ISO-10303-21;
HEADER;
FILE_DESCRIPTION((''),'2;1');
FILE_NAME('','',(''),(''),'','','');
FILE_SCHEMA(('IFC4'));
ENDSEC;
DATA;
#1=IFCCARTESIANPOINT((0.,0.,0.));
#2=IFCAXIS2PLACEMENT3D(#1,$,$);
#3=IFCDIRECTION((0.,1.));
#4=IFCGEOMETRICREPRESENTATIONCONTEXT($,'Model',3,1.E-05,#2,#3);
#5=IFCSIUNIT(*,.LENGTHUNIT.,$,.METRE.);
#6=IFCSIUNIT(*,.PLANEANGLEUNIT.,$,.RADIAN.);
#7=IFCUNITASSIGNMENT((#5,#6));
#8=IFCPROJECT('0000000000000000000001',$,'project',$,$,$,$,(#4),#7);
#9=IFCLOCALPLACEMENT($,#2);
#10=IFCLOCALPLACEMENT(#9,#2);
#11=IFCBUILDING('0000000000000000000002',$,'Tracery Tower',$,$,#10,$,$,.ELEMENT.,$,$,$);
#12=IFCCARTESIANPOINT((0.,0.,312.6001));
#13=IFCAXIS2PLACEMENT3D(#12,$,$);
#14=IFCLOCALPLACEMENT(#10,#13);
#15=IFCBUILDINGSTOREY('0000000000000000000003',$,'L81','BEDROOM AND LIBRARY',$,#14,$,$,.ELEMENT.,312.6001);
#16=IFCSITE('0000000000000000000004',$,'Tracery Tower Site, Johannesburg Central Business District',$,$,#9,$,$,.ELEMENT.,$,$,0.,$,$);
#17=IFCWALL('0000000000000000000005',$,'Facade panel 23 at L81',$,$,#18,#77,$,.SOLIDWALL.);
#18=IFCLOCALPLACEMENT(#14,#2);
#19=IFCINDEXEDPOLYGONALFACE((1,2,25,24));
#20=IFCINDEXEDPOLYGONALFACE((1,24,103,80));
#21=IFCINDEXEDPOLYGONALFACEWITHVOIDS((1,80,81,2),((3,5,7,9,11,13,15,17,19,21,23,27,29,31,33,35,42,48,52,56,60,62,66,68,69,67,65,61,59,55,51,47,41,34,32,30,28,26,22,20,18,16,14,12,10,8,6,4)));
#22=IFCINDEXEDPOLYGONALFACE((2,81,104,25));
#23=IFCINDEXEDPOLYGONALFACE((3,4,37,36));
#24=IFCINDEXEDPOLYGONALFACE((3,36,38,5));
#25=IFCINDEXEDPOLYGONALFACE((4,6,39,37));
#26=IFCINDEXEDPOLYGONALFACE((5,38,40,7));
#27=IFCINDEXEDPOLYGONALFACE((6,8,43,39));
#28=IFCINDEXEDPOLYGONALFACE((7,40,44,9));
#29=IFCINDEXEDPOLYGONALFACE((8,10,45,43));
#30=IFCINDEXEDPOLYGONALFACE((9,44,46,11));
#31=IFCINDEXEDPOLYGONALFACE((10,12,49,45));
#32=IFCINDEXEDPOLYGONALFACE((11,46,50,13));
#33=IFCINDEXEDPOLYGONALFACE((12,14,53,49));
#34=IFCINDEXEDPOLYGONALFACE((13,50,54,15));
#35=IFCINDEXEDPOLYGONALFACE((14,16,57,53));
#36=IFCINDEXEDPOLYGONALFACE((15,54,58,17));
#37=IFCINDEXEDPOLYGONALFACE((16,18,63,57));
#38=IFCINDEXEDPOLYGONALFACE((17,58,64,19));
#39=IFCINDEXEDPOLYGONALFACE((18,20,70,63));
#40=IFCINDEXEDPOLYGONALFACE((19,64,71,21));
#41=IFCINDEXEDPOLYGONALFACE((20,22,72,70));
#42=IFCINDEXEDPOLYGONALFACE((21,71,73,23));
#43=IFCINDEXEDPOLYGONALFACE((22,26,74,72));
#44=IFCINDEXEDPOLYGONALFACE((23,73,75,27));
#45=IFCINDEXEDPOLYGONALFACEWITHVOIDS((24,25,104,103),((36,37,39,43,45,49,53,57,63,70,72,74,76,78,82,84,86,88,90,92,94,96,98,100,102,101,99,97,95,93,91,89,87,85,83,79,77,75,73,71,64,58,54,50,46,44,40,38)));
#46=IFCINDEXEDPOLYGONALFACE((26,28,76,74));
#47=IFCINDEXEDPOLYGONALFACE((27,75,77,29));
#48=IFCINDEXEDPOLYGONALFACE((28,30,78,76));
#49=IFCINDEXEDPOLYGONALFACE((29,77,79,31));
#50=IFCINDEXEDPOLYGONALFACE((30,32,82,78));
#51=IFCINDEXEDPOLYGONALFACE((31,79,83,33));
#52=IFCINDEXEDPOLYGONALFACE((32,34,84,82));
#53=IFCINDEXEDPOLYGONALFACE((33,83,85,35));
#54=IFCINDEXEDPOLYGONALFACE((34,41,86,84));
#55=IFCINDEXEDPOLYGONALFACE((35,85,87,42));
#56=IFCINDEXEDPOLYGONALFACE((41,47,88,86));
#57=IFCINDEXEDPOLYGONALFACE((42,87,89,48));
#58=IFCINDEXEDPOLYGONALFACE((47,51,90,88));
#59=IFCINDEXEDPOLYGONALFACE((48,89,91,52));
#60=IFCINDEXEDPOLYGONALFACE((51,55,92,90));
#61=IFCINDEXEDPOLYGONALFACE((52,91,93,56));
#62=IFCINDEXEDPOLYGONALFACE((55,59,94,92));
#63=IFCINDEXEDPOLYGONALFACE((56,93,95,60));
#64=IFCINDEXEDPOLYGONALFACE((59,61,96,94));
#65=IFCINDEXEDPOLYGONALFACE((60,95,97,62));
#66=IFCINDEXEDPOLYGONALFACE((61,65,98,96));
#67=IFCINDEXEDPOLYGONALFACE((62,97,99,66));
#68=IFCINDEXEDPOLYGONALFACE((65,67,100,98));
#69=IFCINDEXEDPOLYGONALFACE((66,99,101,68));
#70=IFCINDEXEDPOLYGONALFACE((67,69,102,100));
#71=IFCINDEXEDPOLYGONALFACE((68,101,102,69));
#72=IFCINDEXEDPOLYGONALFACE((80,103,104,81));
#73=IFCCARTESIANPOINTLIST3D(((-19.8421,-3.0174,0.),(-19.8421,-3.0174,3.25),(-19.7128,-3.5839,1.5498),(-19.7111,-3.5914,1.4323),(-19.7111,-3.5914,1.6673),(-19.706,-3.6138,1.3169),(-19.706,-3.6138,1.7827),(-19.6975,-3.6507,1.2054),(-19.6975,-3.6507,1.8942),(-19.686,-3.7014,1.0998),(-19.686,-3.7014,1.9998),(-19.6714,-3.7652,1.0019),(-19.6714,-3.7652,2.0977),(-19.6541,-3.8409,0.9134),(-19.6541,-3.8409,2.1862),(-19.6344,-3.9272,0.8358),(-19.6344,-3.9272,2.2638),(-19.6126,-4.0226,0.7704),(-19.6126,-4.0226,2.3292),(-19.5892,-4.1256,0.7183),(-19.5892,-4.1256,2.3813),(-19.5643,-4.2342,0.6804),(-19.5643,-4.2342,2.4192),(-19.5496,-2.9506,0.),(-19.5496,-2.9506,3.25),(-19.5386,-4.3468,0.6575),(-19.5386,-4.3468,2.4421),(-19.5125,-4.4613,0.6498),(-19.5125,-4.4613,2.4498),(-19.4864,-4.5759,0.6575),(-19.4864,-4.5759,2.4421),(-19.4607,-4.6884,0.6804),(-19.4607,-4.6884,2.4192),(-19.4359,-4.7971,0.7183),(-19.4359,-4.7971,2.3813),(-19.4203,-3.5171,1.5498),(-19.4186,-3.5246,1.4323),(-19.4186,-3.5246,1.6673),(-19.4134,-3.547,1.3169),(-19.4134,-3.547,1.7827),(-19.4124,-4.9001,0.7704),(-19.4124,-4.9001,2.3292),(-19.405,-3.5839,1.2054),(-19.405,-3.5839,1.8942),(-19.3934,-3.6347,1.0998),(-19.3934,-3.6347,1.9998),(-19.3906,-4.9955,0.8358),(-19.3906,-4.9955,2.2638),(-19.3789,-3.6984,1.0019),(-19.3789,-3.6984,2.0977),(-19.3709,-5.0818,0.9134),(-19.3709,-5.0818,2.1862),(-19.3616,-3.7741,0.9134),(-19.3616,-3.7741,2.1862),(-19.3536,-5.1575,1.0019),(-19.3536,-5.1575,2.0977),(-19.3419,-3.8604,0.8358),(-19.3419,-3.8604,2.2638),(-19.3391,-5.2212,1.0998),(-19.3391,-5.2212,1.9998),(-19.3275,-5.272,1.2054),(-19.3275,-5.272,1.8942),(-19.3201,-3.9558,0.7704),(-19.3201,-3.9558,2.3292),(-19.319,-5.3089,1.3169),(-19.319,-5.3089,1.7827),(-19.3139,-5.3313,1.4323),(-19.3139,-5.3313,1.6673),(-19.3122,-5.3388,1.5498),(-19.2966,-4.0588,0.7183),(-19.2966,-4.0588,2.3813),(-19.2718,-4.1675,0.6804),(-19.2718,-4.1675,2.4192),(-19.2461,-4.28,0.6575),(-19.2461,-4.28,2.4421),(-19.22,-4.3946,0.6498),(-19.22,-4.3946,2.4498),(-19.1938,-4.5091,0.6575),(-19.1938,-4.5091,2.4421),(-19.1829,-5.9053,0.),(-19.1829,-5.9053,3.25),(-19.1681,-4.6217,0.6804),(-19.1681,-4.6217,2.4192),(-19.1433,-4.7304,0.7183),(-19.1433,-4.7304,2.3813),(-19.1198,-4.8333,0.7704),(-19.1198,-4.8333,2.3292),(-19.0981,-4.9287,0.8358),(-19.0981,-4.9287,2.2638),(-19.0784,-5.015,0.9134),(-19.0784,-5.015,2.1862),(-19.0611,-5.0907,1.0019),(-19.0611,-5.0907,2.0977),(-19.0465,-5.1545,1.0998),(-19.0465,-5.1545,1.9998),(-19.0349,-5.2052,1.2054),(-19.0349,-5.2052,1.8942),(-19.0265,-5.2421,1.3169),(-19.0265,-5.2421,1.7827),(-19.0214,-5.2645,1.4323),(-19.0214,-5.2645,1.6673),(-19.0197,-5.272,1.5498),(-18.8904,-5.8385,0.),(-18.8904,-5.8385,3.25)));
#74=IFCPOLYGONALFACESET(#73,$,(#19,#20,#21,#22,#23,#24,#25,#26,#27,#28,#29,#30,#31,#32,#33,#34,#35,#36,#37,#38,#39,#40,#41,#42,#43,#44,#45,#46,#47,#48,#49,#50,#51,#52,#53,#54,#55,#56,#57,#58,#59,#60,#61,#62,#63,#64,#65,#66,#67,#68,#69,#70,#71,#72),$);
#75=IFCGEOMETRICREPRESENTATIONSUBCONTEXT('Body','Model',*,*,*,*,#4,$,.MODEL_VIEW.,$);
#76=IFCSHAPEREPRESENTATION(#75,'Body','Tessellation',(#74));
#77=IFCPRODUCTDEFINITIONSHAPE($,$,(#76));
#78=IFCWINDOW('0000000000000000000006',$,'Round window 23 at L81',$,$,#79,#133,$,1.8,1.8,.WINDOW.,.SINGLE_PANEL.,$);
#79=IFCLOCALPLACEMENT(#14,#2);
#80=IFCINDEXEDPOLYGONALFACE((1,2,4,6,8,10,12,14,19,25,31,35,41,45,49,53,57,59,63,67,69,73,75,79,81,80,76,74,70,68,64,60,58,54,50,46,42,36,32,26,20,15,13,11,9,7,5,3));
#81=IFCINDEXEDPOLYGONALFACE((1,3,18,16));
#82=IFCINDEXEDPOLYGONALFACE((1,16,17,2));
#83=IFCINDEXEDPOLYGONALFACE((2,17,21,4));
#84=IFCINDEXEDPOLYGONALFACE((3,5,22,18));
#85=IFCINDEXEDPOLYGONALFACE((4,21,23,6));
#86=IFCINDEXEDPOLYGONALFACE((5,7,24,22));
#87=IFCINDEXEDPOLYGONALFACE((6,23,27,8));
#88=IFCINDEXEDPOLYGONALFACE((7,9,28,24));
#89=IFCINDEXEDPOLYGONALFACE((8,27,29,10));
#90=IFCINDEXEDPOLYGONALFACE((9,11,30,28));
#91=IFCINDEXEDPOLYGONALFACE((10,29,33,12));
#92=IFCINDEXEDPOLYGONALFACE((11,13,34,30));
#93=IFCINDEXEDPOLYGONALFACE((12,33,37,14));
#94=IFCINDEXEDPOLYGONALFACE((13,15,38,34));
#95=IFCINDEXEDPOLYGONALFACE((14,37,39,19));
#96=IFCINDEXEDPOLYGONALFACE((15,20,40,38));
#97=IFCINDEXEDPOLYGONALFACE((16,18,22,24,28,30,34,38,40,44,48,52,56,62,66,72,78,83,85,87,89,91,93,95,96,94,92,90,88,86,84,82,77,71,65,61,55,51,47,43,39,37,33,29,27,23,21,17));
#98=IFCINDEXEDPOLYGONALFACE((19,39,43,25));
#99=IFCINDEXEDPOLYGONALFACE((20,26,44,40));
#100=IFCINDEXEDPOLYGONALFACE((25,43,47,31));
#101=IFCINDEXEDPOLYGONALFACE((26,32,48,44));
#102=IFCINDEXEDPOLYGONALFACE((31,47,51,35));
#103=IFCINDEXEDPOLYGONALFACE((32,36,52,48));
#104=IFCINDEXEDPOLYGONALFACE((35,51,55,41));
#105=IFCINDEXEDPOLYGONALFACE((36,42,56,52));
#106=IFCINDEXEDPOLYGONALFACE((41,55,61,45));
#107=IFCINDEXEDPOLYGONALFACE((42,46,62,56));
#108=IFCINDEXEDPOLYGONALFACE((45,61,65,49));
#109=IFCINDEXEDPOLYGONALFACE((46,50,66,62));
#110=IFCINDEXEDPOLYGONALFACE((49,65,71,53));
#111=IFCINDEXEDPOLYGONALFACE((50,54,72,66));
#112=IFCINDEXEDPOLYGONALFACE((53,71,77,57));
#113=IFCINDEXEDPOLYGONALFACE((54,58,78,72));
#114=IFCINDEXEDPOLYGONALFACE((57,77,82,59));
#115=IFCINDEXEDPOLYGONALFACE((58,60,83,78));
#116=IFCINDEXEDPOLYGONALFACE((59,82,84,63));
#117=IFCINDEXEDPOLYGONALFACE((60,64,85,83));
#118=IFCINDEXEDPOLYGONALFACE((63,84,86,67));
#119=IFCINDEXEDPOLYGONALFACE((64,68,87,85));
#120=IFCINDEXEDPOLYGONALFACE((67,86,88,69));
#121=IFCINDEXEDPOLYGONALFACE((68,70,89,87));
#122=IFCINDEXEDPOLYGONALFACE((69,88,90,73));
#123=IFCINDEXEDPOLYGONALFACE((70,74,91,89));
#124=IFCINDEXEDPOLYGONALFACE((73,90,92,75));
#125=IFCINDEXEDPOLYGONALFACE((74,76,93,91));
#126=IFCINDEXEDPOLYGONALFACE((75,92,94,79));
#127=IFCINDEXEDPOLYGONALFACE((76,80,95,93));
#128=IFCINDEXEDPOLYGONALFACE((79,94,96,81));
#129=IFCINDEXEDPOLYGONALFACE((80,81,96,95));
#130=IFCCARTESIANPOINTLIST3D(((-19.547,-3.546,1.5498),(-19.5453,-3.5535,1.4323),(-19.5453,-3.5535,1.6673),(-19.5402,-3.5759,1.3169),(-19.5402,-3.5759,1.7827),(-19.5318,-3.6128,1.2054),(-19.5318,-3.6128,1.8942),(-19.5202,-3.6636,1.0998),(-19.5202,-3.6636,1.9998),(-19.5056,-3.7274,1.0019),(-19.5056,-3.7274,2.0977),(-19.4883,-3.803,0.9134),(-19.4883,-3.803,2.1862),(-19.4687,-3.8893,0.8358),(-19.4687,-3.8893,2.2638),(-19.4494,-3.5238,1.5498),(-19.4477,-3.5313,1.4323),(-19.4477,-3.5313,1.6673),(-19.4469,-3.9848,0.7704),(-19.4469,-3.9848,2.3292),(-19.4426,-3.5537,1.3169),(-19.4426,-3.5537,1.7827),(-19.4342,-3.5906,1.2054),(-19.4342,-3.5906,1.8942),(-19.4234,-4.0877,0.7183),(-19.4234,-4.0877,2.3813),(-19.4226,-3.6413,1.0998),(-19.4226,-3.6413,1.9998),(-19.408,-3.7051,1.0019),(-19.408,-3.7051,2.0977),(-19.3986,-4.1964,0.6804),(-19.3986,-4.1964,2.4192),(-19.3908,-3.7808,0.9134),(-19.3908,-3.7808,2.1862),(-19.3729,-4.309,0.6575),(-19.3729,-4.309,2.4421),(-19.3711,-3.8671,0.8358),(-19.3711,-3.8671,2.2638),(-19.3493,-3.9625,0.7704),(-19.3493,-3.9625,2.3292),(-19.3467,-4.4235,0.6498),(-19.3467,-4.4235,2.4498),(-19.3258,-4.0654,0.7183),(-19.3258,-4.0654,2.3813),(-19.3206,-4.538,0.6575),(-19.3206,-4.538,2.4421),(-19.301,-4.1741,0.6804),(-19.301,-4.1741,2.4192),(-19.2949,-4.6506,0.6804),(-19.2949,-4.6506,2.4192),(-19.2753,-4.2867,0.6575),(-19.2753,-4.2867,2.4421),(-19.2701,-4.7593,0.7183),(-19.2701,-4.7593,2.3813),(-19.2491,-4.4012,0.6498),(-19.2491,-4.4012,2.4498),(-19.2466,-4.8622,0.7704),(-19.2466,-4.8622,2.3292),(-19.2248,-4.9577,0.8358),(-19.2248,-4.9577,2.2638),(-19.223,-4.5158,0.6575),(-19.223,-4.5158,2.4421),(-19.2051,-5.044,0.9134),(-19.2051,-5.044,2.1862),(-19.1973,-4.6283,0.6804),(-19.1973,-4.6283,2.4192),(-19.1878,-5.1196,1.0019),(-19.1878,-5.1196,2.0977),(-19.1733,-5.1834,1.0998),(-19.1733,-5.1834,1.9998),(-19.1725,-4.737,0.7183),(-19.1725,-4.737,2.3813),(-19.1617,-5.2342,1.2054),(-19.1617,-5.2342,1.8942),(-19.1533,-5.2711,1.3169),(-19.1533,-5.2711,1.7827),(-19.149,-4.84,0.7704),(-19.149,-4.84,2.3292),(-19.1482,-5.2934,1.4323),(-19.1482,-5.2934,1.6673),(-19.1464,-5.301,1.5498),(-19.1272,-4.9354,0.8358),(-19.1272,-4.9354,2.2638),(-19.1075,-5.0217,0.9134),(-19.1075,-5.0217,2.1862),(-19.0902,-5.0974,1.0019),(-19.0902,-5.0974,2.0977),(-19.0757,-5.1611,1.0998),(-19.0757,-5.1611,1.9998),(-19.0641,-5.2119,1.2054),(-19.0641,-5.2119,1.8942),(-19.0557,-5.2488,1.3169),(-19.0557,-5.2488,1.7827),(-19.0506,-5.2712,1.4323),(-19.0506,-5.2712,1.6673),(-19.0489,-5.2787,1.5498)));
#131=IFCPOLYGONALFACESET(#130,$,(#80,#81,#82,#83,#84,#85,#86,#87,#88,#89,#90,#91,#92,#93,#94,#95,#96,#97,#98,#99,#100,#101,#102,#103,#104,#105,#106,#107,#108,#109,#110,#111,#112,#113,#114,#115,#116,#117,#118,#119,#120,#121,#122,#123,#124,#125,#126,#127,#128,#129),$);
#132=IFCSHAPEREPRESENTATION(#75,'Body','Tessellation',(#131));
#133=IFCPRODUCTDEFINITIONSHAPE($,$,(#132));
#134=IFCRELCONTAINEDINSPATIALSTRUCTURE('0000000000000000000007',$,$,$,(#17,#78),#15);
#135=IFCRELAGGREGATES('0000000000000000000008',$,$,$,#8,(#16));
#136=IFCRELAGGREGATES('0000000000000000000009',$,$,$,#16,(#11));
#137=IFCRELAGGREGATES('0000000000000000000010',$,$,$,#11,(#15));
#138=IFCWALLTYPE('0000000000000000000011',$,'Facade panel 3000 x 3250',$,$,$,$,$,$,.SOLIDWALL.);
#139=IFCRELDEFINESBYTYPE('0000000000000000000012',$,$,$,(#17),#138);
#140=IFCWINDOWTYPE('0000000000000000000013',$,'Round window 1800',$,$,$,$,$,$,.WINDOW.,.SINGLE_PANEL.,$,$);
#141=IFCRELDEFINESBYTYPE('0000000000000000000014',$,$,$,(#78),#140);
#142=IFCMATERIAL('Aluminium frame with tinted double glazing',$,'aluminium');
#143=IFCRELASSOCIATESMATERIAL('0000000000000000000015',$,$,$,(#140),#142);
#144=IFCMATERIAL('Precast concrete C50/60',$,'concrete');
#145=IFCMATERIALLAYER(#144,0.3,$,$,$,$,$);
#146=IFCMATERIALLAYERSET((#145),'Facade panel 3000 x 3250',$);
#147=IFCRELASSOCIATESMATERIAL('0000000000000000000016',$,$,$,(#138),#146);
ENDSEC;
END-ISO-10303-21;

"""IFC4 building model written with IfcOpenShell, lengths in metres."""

from ifc_helpers import new_model, si_unit, direction, frame, frame_2d, origin, origin_2d, place, context, subcontext, project, spatial, rectangle, circle, extrude, material, layer, layer_set, type_object, element, fill, save


model = new_model("IFC4")

# Units and contexts
model_context = context("Model", 3, precision=1e-05, world=origin(), true_north=direction((0.0, 1.0)))
body_context = subcontext(model_context, "Body", "Model", "MODEL_VIEW")
ifc_project = project(units=[si_unit("LENGTHUNIT", "METRE"), si_unit("PLANEANGLEUNIT", "RADIAN")], contexts=[model_context])

# Site, building, storey
site_placement = place(None, origin())
site = spatial("IfcSite", under=ifc_project, at=site_placement, Name="Tracery Tower Site, Johannesburg Central Business District", CompositionType="ELEMENT", RefElevation=0.0)
building_placement = place(site_placement, origin())
building = spatial("IfcBuilding", under=site, at=building_placement, Name="Tracery Tower", CompositionType="ELEMENT")
storey_placement = place(building_placement, frame((0.0, 0.0, 312.6001)))
storey = spatial("IfcBuildingStorey", under=building, at=storey_placement, Name="L81", Description="BEDROOM AND LIBRARY", CompositionType="ELEMENT", Elevation=312.6001)

# Wall, opening, window
ifc_material_1 = material(Name="Aluminium frame with tinted double glazing", Category="aluminium")
window_type = type_object("IfcWindowType", Name="Round window 1800", PartitioningType="SINGLE_PANEL", PredefinedType="WINDOW", material=ifc_material_1)
ifc_material_2 = material(Name="Precast concrete C50/60", Category="concrete")
ifc_layer_1 = layer(ifc_material_2, 0.3)
ifc_layer_set_1 = layer_set([ifc_layer_1], Name="Facade panel 3000 x 3250")
wall_type_1 = type_object("IfcWallType", Name="Facade panel 3000 x 3250", PredefinedType="SOLIDWALL", material=ifc_layer_set_1)
wall_1_placement = place(storey_placement, frame((-19.6958, -2.9841, 0.0), z_axis=(0.0, 0.0, 1.0), x_axis=(0.222529, -0.974926, 0.0)))
wall_1 = element("IfcWall", 1, at=wall_1_placement, inside=storey, type_object=wall_type_1, Name="Facade panel 23 at L81", PredefinedType="SOLIDWALL", context=body_context, shape_type="SweptSolid", body=[
    extrude(rectangle(XDim=2.9622, YDim=0.3, at=frame_2d((1.481, 0.0))), origin(), (0.0, 0.0, 1.0), 3.25),
])
opening_1_placement = place(wall_1_placement, frame((1.481, 0.0, 1.5498)))
opening_1 = element("IfcOpeningElement", 2, at=opening_1_placement, cuts=wall_1, PredefinedType="OPENING", context=body_context, shape_type="SweptSolid", body=[
    extrude(circle(Radius=0.9, at=origin_2d()), frame((0.0, 0.1599, 0.0), z_axis=(0.0, -1.0, 0.0), x_axis=(1.0, 0.0, 0.0)), (0.0, 0.0, 1.0), 0.3201),
])
window_1_placement = place(opening_1_placement, origin())
window_1 = element("IfcWindow", 3, at=window_1_placement, inside=storey, type_object=window_type, Name="Round window 23 at L81", OverallHeight=1.8, OverallWidth=1.8, PartitioningType="SINGLE_PANEL", PredefinedType="WINDOW", context=body_context, shape_type="SweptSolid", body=[
    extrude(circle(Radius=0.9, at=origin_2d()), frame((0.0, 0.1201, 0.0), z_axis=(0.0, -1.0, 0.0), x_axis=(1.0, 0.0, 0.0)), (0.0, 0.0, 1.0), 0.1001),
])
fill(opening_1, window_1)

save(model, "model.ifc")
